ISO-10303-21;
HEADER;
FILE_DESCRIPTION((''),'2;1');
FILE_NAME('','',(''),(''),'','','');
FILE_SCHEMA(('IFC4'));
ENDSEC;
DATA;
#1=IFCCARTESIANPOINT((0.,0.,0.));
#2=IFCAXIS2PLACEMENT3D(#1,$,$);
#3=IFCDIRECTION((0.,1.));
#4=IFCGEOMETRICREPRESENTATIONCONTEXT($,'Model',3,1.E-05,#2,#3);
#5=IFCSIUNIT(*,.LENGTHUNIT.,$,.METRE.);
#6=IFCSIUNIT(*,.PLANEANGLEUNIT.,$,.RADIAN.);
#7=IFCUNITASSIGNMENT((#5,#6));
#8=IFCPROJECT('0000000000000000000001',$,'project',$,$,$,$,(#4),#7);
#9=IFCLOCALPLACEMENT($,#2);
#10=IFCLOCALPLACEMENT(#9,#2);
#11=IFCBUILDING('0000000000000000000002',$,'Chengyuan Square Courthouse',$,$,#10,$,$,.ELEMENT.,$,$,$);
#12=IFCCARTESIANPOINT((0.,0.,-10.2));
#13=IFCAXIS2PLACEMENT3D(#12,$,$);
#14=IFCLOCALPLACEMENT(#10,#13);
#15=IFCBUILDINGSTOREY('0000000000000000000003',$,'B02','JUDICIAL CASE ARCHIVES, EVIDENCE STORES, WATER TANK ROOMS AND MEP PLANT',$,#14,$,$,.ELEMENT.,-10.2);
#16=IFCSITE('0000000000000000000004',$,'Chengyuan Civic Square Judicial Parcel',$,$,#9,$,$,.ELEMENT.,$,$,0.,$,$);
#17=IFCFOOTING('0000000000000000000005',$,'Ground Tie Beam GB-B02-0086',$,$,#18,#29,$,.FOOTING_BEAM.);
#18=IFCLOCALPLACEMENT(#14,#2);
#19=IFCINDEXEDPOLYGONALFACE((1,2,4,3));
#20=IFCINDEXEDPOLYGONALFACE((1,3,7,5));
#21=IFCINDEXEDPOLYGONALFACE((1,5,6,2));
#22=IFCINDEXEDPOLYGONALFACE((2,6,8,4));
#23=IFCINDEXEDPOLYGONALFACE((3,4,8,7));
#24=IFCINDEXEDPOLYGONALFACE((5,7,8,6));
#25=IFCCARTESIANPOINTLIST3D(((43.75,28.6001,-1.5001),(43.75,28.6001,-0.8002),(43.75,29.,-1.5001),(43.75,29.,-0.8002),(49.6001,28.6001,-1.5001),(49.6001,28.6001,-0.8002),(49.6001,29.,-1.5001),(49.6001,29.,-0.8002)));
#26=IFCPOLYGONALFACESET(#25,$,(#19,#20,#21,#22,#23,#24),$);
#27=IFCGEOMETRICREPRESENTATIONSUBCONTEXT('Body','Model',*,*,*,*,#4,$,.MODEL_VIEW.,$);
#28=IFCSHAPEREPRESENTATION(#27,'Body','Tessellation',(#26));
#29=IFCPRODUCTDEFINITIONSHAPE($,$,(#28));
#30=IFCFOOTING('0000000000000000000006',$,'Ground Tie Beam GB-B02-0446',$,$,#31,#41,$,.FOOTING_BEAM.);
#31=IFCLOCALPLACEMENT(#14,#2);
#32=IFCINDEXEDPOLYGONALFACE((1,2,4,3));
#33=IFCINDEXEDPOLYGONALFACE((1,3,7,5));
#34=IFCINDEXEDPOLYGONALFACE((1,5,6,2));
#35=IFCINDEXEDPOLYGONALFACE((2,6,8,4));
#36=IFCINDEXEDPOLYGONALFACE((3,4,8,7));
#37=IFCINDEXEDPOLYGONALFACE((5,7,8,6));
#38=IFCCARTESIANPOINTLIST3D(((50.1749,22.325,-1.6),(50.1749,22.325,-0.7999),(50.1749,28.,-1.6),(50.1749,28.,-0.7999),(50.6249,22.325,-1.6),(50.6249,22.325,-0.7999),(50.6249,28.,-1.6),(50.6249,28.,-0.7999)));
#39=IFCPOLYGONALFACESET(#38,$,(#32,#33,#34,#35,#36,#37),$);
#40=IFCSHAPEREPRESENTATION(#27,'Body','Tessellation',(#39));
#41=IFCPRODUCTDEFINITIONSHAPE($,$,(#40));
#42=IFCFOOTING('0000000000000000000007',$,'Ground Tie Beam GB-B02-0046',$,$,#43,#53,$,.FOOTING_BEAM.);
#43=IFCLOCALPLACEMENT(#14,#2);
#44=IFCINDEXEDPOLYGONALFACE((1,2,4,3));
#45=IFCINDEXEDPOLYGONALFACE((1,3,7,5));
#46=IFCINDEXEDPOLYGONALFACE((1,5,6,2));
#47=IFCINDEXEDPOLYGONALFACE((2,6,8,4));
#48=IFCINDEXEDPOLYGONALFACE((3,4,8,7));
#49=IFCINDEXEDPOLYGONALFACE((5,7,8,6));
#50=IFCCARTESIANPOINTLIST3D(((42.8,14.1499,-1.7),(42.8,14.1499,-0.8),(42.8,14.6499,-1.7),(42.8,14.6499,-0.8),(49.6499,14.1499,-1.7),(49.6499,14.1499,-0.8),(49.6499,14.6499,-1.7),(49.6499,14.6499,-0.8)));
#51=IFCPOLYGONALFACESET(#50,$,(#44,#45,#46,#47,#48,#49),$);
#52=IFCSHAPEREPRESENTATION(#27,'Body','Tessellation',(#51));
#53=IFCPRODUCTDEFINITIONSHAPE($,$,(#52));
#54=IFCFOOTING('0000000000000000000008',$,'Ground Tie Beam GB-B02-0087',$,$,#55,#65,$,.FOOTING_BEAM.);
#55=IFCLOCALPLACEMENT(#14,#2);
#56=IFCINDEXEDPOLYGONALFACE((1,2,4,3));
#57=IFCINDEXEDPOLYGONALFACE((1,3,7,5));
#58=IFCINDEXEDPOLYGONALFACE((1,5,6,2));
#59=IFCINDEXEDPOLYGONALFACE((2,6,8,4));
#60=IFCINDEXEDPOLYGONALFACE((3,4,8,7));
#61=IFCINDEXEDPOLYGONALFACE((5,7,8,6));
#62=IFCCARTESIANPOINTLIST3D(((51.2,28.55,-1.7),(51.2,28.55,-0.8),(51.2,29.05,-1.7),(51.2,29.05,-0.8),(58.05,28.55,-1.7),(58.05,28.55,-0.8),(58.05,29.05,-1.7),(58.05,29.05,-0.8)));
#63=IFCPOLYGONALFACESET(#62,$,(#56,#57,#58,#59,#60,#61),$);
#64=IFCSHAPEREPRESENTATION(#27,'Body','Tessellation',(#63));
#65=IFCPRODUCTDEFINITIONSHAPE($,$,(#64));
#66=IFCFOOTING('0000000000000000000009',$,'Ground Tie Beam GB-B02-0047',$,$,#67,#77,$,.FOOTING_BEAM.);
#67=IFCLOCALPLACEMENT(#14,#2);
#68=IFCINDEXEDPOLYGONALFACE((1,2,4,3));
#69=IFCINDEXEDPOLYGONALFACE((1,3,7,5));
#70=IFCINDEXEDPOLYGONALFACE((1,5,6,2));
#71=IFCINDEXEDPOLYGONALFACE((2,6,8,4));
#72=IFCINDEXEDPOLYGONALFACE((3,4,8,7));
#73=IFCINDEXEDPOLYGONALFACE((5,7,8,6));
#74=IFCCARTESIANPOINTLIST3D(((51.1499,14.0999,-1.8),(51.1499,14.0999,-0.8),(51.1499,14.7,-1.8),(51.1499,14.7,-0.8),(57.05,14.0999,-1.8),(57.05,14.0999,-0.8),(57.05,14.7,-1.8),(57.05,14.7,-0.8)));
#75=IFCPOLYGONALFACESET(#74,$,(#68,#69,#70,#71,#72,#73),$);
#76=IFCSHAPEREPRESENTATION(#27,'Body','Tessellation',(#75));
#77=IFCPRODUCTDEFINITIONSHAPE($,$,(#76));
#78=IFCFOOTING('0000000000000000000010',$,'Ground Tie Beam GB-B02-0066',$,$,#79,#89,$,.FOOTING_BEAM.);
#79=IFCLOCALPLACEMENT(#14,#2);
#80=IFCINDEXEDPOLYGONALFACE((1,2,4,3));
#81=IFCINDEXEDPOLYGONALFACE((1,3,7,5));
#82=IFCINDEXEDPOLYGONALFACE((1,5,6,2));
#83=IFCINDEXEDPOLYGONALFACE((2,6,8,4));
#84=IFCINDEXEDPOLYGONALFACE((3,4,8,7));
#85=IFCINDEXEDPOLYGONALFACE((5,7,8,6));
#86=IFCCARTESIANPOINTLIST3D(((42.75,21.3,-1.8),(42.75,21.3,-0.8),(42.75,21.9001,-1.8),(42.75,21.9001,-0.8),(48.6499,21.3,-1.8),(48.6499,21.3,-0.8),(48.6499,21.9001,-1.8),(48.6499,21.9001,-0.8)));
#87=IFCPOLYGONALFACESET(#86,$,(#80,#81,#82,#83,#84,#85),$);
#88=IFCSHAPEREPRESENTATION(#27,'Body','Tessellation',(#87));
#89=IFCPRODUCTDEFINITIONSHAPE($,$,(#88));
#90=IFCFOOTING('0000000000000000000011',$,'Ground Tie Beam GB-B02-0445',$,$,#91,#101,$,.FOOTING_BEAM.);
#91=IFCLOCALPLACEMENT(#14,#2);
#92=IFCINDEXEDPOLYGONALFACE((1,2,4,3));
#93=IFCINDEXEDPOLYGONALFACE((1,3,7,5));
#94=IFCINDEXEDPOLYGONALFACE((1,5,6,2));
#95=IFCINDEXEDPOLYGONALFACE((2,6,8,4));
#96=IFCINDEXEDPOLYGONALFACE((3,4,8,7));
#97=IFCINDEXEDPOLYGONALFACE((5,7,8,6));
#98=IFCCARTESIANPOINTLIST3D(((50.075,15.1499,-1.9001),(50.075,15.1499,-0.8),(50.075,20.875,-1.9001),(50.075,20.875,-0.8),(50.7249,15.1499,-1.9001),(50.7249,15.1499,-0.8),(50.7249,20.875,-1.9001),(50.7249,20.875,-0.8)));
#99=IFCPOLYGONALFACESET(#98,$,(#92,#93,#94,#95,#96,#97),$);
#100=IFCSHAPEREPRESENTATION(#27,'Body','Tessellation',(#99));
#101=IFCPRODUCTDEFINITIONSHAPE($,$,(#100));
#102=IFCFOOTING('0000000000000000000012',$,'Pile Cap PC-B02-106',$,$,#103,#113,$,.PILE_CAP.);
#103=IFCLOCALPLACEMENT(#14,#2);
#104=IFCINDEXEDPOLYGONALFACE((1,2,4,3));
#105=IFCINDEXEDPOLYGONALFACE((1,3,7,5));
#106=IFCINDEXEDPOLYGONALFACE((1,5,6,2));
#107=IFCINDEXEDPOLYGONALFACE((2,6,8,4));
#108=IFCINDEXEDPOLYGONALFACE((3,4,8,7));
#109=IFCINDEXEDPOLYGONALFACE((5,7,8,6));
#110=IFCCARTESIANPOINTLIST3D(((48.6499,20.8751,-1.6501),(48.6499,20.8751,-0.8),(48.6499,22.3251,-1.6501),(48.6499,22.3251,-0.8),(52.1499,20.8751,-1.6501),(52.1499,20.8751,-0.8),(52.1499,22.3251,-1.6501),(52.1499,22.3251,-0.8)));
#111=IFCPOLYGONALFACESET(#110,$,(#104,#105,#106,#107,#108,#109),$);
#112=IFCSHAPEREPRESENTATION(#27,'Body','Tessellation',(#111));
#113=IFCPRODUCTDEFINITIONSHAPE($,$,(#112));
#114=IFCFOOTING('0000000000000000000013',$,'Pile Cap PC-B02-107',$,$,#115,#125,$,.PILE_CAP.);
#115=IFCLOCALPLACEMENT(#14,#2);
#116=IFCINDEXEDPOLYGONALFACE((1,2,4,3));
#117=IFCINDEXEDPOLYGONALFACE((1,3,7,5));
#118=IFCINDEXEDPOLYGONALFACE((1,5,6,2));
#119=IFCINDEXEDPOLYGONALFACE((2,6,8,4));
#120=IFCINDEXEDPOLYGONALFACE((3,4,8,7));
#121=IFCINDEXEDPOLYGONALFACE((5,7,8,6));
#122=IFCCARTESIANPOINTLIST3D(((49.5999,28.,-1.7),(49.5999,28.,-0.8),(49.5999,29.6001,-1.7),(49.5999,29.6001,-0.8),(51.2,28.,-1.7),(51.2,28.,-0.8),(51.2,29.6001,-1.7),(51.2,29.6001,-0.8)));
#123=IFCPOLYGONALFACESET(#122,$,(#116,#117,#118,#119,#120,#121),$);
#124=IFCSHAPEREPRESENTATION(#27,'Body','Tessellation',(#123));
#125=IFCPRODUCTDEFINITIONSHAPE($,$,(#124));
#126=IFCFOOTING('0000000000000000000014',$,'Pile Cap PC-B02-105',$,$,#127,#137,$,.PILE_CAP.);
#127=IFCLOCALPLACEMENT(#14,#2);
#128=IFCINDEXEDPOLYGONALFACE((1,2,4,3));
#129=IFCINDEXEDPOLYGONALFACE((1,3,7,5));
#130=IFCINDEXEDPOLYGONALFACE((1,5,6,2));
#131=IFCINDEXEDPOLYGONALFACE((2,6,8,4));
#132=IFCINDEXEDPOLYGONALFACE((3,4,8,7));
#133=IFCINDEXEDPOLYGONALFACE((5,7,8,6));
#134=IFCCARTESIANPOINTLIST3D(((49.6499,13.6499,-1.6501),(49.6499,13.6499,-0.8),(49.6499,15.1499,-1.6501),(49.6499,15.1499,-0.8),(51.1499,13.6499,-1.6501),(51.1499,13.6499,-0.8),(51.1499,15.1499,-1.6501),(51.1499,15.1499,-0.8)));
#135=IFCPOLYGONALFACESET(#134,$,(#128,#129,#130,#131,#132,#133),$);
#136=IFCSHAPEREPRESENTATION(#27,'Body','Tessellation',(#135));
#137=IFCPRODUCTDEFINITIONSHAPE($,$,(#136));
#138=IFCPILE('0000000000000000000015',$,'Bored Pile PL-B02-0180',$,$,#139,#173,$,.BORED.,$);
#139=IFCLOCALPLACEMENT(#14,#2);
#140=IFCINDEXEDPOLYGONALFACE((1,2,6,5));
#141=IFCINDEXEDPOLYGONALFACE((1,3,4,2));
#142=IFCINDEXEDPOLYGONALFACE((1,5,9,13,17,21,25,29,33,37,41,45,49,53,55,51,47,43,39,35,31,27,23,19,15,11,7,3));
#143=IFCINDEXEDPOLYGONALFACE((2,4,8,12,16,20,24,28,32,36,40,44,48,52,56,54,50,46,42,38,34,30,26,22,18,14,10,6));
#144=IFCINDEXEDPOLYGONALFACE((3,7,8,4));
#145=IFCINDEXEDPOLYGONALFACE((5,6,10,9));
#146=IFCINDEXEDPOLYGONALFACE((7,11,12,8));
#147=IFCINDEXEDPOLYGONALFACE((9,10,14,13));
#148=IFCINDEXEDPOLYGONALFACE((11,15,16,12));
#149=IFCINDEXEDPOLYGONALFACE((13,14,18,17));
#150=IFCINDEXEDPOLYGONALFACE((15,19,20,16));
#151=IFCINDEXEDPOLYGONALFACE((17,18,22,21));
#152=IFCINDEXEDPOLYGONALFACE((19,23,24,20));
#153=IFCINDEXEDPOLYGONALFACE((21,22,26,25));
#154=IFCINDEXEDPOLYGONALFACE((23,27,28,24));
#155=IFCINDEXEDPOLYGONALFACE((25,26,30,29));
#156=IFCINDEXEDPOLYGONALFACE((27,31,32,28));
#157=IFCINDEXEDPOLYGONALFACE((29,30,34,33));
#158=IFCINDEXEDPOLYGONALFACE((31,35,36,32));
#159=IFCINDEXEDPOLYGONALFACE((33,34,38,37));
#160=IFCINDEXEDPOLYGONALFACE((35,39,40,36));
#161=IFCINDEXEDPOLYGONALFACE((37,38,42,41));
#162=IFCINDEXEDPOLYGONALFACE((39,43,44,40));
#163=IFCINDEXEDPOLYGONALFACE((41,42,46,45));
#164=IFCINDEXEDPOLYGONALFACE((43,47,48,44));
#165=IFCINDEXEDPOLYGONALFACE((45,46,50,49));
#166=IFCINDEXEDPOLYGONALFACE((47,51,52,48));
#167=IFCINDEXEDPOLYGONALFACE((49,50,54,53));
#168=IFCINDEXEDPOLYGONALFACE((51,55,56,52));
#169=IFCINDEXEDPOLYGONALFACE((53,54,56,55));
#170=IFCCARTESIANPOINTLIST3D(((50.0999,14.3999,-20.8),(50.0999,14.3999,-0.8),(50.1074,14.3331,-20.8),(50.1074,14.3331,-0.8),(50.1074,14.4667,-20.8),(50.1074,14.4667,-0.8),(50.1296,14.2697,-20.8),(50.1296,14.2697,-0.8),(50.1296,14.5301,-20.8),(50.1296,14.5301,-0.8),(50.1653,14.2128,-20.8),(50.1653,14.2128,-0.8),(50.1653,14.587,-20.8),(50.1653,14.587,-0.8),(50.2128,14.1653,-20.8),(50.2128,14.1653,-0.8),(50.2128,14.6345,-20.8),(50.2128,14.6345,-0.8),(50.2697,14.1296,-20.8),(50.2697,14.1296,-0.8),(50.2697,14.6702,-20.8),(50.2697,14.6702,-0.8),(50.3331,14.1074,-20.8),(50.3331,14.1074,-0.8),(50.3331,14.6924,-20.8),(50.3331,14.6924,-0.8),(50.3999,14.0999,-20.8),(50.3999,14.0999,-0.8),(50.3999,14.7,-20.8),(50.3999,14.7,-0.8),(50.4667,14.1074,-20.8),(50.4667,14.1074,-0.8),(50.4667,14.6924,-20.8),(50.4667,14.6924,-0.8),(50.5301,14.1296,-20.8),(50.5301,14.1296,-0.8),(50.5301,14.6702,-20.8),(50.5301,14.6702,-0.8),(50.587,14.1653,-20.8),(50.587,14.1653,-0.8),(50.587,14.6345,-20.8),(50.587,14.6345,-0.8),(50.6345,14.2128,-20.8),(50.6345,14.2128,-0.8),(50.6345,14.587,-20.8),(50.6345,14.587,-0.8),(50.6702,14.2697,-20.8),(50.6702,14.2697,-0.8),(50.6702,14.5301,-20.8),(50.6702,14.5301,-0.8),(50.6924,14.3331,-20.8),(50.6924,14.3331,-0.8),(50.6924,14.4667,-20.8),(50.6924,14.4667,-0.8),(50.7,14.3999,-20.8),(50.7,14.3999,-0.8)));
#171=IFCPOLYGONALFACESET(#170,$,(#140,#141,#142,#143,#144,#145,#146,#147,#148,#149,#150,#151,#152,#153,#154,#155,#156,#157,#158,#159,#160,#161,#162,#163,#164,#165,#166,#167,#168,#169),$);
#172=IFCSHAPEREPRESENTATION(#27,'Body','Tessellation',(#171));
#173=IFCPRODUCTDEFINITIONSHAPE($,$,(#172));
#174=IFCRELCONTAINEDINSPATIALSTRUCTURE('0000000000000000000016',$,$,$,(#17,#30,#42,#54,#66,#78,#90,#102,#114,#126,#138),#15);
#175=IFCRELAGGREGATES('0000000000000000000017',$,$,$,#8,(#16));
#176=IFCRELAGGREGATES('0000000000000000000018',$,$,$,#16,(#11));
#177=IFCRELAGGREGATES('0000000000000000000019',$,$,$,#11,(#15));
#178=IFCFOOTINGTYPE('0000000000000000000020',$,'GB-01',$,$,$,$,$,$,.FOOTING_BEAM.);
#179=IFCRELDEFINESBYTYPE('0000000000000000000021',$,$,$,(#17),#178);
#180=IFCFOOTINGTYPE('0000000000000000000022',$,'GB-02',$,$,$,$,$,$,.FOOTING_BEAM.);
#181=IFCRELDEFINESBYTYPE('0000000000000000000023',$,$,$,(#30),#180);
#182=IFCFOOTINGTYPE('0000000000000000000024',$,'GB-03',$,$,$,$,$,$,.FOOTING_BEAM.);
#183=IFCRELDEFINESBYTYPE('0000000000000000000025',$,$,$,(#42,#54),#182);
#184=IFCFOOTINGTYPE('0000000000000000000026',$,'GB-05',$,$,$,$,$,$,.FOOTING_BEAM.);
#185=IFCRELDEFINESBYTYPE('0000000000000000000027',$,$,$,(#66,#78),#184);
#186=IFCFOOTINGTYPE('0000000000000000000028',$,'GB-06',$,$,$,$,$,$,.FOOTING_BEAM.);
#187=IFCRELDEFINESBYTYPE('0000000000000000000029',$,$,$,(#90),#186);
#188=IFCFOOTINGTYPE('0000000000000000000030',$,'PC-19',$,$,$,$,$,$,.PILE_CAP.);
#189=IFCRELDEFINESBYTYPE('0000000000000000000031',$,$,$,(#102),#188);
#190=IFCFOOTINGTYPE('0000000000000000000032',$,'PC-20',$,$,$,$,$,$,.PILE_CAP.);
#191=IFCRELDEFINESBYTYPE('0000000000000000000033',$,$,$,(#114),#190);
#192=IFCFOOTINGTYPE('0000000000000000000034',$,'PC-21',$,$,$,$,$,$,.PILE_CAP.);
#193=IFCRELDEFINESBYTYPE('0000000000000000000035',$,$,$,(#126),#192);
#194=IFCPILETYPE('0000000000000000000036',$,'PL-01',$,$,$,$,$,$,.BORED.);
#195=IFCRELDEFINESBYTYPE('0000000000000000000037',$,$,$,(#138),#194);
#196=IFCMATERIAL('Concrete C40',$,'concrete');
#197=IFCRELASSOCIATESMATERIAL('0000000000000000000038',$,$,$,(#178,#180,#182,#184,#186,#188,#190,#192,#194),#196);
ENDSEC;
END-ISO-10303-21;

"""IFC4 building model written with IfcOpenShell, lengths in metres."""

from ifc_helpers import new_model, si_unit, direction, frame, origin, origin_2d, place, context, subcontext, project, spatial, rectangle, circle, extrude, material, material_profile, profile_set, type_object, element, save


model = new_model("IFC4")

# Units and contexts
model_context = context("Model", 3, precision=1e-05, world=origin(), true_north=direction((0.0, 1.0)))
body_context = subcontext(model_context, "Body", "Model", "MODEL_VIEW")
ifc_project = project(units=[si_unit("LENGTHUNIT", "METRE"), si_unit("PLANEANGLEUNIT", "RADIAN")], contexts=[model_context])

# Site, building, storey
site_placement = place(None, origin())
site = spatial("IfcSite", under=ifc_project, at=site_placement, Name="Chengyuan Civic Square Judicial Parcel", CompositionType="ELEMENT", RefElevation=0.0)
building_placement = place(site_placement, origin())
building = spatial("IfcBuilding", under=site, at=building_placement, Name="Chengyuan Square Courthouse", CompositionType="ELEMENT")
storey_placement = place(building_placement, frame((0.0, 0.0, -10.2)))
storey = spatial("IfcBuildingStorey", under=building, at=storey_placement, Name="B02", Description="JUDICIAL CASE ARCHIVES, EVIDENCE STORES, WATER TANK ROOMS AND MEP PLANT", CompositionType="ELEMENT", Elevation=-10.2)

# Footings
ifc_material_1 = material(Name="Concrete C40", Category="concrete")
ifc_material_profile_1 = material_profile(ifc_material_1, rectangle(XDim=0.3999, YDim=0.7, at=origin_2d()), Name="GB-400x700")
ifc_profile_set_1 = profile_set([ifc_material_profile_1], Name="Concrete C40")
footing_type_1 = type_object("IfcFootingType", Name="GB-01", PredefinedType="FOOTING_BEAM", material=ifc_profile_set_1)
footing_1_placement = place(storey_placement, frame((43.75, 28.8, -1.1501), z_axis=(1.0, 0.0, 0.0), x_axis=(0.0, 1.0, 0.0)))
element("IfcFooting", 1, at=footing_1_placement, inside=storey, type_object=footing_type_1, Name="Ground Tie Beam GB-B02-0086", PredefinedType="FOOTING_BEAM", context=body_context, shape_type="SweptSolid", body=[
    extrude(rectangle(XDim=0.3999, YDim=0.7, at=origin_2d()), origin(), (0.0, 0.0, 1.0), 5.8501),
])
ifc_material_profile_2 = material_profile(ifc_material_1, rectangle(XDim=0.45, YDim=0.8, at=origin_2d()), Name="GB-450x800")
ifc_profile_set_2 = profile_set([ifc_material_profile_2], Name="Concrete C40")
footing_type_2 = type_object("IfcFootingType", Name="GB-02", PredefinedType="FOOTING_BEAM", material=ifc_profile_set_2)
footing_2_placement = place(storey_placement, frame((50.3999, 22.325, -1.2), z_axis=(0.0, 1.0, 0.0), x_axis=(-1.0, 0.0, 0.0)))
element("IfcFooting", 2, at=footing_2_placement, inside=storey, type_object=footing_type_2, Name="Ground Tie Beam GB-B02-0446", PredefinedType="FOOTING_BEAM", context=body_context, shape_type="SweptSolid", body=[
    extrude(rectangle(XDim=0.45, YDim=0.8, at=origin_2d()), origin(), (0.0, 0.0, 1.0), 5.675),
])
ifc_material_profile_3 = material_profile(ifc_material_1, rectangle(XDim=0.5, YDim=0.8999, at=origin_2d()), Name="GB-500x900")
ifc_profile_set_3 = profile_set([ifc_material_profile_3], Name="Concrete C40")
footing_type_3 = type_object("IfcFootingType", Name="GB-03", PredefinedType="FOOTING_BEAM", material=ifc_profile_set_3)
footing_3_placement = place(storey_placement, frame((42.8, 14.3999, -1.25), z_axis=(1.0, 0.0, 0.0), x_axis=(0.0, 1.0, 0.0)))
element("IfcFooting", 3, at=footing_3_placement, inside=storey, type_object=footing_type_3, Name="Ground Tie Beam GB-B02-0046", PredefinedType="FOOTING_BEAM", context=body_context, shape_type="SweptSolid", body=[
    extrude(rectangle(XDim=0.5, YDim=0.8999, at=origin_2d()), origin(), (0.0, 0.0, 1.0), 6.8499),
])
footing_4_placement = place(storey_placement, frame((51.2, 28.8, -1.25), z_axis=(1.0, 0.0, 0.0), x_axis=(0.0, 1.0, 0.0)))
element("IfcFooting", 4, at=footing_4_placement, inside=storey, type_object=footing_type_3, Name="Ground Tie Beam GB-B02-0087", PredefinedType="FOOTING_BEAM", context=body_context, shape_type="SweptSolid", body=[
    extrude(rectangle(XDim=0.5, YDim=0.8999, at=origin_2d()), origin(), (0.0, 0.0, 1.0), 6.8501),
])
ifc_material_profile_4 = material_profile(ifc_material_1, rectangle(XDim=0.6001, YDim=1.0, at=origin_2d()), Name="GB-600x1000")
ifc_profile_set_4 = profile_set([ifc_material_profile_4], Name="Concrete C40")
footing_type_4 = type_object("IfcFootingType", Name="GB-05", PredefinedType="FOOTING_BEAM", material=ifc_profile_set_4)
footing_5_placement = place(storey_placement, frame((51.1499, 14.3999, -1.3), z_axis=(1.0, 0.0, 0.0), x_axis=(0.0, 1.0, 0.0)))
element("IfcFooting", 5, at=footing_5_placement, inside=storey, type_object=footing_type_4, Name="Ground Tie Beam GB-B02-0047", PredefinedType="FOOTING_BEAM", context=body_context, shape_type="SweptSolid", body=[
    extrude(rectangle(XDim=0.6001, YDim=1.0, at=origin_2d()), origin(), (0.0, 0.0, 1.0), 5.9001),
])
footing_6_placement = place(storey_placement, frame((42.75, 21.6001, -1.3), z_axis=(1.0, 0.0, 0.0), x_axis=(0.0, 1.0, 0.0)))
element("IfcFooting", 6, at=footing_6_placement, inside=storey, type_object=footing_type_4, Name="Ground Tie Beam GB-B02-0066", PredefinedType="FOOTING_BEAM", context=body_context, shape_type="SweptSolid", body=[
    extrude(rectangle(XDim=0.6001, YDim=1.0, at=origin_2d()), origin(), (0.0, 0.0, 1.0), 5.8999),
])
ifc_material_profile_5 = material_profile(ifc_material_1, rectangle(XDim=0.6499, YDim=1.1001, at=origin_2d()), Name="GB-650x1100")
ifc_profile_set_5 = profile_set([ifc_material_profile_5], Name="Concrete C40")
footing_type_5 = type_object("IfcFootingType", Name="GB-06", PredefinedType="FOOTING_BEAM", material=ifc_profile_set_5)
footing_7_placement = place(storey_placement, frame((50.3999, 15.1499, -1.3501), z_axis=(0.0, 1.0, 0.0), x_axis=(-1.0, 0.0, 0.0)))
element("IfcFooting", 7, at=footing_7_placement, inside=storey, type_object=footing_type_5, Name="Ground Tie Beam GB-B02-0445", PredefinedType="FOOTING_BEAM", context=body_context, shape_type="SweptSolid", body=[
    extrude(rectangle(XDim=0.6499, YDim=1.1001, at=origin_2d()), origin(), (0.0, 0.0, 1.0), 5.7251),
])
footing_type_6 = type_object("IfcFootingType", Name="PC-19", PredefinedType="PILE_CAP", material=ifc_material_1)
footing_8_placement = place(storey_placement, frame((50.3999, 21.6001, -1.6501), z_axis=(0.0, 0.0, 1.0), x_axis=(1.0, 0.0, 0.0)))
element("IfcFooting", 8, at=footing_8_placement, inside=storey, type_object=footing_type_6, Name="Pile Cap PC-B02-106", PredefinedType="PILE_CAP", context=body_context, shape_type="SweptSolid", body=[
    extrude(rectangle(XDim=3.5, YDim=1.45, at=origin_2d()), origin(), (0.0, 0.0, 1.0), 0.8501),
])
footing_type_7 = type_object("IfcFootingType", Name="PC-20", PredefinedType="PILE_CAP", material=ifc_material_1)
footing_9_placement = place(storey_placement, frame((50.3999, 28.8, -1.7), z_axis=(0.0, 0.0, 1.0), x_axis=(1.0, 0.0, 0.0)))
element("IfcFooting", 9, at=footing_9_placement, inside=storey, type_object=footing_type_7, Name="Pile Cap PC-B02-107", PredefinedType="PILE_CAP", context=body_context, shape_type="SweptSolid", body=[
    extrude(rectangle(XDim=1.6001, YDim=1.6001, at=origin_2d()), origin(), (0.0, 0.0, 1.0), 0.8999),
])
footing_type_8 = type_object("IfcFootingType", Name="PC-21", PredefinedType="PILE_CAP", material=ifc_material_1)
footing_10_placement = place(storey_placement, frame((50.3999, 14.3999, -1.6501), z_axis=(0.0, 0.0, 1.0), x_axis=(1.0, 0.0, 0.0)))
element("IfcFooting", 10, at=footing_10_placement, inside=storey, type_object=footing_type_8, Name="Pile Cap PC-B02-105", PredefinedType="PILE_CAP", context=body_context, shape_type="SweptSolid", body=[
    extrude(rectangle(XDim=1.5, YDim=1.5, at=origin_2d()), origin(), (0.0, 0.0, 1.0), 0.8501),
])

# Pile
ifc_material_profile_6 = material_profile(ifc_material_1, circle(Radius=0.3, at=origin_2d()), Name="BORED PILE D600")
ifc_profile_set_6 = profile_set([ifc_material_profile_6], Name="Concrete C40")
pile_type_1 = type_object("IfcPileType", Name="PL-01", PredefinedType="BORED", material=ifc_profile_set_6)
pile_placement = place(storey_placement, frame((50.3999, 14.3999, -0.8), z_axis=(0.0, 0.0, -1.0), x_axis=(1.0, 0.0, 0.0)))
element("IfcPile", 11, at=pile_placement, inside=storey, type_object=pile_type_1, Name="Bored Pile PL-B02-0180", PredefinedType="BORED", context=body_context, shape_type="SweptSolid", body=[
    extrude(circle(Radius=0.3, at=origin_2d()), origin(), (0.0, 0.0, 1.0), 20.0),
])

save(model, "model.ifc")
